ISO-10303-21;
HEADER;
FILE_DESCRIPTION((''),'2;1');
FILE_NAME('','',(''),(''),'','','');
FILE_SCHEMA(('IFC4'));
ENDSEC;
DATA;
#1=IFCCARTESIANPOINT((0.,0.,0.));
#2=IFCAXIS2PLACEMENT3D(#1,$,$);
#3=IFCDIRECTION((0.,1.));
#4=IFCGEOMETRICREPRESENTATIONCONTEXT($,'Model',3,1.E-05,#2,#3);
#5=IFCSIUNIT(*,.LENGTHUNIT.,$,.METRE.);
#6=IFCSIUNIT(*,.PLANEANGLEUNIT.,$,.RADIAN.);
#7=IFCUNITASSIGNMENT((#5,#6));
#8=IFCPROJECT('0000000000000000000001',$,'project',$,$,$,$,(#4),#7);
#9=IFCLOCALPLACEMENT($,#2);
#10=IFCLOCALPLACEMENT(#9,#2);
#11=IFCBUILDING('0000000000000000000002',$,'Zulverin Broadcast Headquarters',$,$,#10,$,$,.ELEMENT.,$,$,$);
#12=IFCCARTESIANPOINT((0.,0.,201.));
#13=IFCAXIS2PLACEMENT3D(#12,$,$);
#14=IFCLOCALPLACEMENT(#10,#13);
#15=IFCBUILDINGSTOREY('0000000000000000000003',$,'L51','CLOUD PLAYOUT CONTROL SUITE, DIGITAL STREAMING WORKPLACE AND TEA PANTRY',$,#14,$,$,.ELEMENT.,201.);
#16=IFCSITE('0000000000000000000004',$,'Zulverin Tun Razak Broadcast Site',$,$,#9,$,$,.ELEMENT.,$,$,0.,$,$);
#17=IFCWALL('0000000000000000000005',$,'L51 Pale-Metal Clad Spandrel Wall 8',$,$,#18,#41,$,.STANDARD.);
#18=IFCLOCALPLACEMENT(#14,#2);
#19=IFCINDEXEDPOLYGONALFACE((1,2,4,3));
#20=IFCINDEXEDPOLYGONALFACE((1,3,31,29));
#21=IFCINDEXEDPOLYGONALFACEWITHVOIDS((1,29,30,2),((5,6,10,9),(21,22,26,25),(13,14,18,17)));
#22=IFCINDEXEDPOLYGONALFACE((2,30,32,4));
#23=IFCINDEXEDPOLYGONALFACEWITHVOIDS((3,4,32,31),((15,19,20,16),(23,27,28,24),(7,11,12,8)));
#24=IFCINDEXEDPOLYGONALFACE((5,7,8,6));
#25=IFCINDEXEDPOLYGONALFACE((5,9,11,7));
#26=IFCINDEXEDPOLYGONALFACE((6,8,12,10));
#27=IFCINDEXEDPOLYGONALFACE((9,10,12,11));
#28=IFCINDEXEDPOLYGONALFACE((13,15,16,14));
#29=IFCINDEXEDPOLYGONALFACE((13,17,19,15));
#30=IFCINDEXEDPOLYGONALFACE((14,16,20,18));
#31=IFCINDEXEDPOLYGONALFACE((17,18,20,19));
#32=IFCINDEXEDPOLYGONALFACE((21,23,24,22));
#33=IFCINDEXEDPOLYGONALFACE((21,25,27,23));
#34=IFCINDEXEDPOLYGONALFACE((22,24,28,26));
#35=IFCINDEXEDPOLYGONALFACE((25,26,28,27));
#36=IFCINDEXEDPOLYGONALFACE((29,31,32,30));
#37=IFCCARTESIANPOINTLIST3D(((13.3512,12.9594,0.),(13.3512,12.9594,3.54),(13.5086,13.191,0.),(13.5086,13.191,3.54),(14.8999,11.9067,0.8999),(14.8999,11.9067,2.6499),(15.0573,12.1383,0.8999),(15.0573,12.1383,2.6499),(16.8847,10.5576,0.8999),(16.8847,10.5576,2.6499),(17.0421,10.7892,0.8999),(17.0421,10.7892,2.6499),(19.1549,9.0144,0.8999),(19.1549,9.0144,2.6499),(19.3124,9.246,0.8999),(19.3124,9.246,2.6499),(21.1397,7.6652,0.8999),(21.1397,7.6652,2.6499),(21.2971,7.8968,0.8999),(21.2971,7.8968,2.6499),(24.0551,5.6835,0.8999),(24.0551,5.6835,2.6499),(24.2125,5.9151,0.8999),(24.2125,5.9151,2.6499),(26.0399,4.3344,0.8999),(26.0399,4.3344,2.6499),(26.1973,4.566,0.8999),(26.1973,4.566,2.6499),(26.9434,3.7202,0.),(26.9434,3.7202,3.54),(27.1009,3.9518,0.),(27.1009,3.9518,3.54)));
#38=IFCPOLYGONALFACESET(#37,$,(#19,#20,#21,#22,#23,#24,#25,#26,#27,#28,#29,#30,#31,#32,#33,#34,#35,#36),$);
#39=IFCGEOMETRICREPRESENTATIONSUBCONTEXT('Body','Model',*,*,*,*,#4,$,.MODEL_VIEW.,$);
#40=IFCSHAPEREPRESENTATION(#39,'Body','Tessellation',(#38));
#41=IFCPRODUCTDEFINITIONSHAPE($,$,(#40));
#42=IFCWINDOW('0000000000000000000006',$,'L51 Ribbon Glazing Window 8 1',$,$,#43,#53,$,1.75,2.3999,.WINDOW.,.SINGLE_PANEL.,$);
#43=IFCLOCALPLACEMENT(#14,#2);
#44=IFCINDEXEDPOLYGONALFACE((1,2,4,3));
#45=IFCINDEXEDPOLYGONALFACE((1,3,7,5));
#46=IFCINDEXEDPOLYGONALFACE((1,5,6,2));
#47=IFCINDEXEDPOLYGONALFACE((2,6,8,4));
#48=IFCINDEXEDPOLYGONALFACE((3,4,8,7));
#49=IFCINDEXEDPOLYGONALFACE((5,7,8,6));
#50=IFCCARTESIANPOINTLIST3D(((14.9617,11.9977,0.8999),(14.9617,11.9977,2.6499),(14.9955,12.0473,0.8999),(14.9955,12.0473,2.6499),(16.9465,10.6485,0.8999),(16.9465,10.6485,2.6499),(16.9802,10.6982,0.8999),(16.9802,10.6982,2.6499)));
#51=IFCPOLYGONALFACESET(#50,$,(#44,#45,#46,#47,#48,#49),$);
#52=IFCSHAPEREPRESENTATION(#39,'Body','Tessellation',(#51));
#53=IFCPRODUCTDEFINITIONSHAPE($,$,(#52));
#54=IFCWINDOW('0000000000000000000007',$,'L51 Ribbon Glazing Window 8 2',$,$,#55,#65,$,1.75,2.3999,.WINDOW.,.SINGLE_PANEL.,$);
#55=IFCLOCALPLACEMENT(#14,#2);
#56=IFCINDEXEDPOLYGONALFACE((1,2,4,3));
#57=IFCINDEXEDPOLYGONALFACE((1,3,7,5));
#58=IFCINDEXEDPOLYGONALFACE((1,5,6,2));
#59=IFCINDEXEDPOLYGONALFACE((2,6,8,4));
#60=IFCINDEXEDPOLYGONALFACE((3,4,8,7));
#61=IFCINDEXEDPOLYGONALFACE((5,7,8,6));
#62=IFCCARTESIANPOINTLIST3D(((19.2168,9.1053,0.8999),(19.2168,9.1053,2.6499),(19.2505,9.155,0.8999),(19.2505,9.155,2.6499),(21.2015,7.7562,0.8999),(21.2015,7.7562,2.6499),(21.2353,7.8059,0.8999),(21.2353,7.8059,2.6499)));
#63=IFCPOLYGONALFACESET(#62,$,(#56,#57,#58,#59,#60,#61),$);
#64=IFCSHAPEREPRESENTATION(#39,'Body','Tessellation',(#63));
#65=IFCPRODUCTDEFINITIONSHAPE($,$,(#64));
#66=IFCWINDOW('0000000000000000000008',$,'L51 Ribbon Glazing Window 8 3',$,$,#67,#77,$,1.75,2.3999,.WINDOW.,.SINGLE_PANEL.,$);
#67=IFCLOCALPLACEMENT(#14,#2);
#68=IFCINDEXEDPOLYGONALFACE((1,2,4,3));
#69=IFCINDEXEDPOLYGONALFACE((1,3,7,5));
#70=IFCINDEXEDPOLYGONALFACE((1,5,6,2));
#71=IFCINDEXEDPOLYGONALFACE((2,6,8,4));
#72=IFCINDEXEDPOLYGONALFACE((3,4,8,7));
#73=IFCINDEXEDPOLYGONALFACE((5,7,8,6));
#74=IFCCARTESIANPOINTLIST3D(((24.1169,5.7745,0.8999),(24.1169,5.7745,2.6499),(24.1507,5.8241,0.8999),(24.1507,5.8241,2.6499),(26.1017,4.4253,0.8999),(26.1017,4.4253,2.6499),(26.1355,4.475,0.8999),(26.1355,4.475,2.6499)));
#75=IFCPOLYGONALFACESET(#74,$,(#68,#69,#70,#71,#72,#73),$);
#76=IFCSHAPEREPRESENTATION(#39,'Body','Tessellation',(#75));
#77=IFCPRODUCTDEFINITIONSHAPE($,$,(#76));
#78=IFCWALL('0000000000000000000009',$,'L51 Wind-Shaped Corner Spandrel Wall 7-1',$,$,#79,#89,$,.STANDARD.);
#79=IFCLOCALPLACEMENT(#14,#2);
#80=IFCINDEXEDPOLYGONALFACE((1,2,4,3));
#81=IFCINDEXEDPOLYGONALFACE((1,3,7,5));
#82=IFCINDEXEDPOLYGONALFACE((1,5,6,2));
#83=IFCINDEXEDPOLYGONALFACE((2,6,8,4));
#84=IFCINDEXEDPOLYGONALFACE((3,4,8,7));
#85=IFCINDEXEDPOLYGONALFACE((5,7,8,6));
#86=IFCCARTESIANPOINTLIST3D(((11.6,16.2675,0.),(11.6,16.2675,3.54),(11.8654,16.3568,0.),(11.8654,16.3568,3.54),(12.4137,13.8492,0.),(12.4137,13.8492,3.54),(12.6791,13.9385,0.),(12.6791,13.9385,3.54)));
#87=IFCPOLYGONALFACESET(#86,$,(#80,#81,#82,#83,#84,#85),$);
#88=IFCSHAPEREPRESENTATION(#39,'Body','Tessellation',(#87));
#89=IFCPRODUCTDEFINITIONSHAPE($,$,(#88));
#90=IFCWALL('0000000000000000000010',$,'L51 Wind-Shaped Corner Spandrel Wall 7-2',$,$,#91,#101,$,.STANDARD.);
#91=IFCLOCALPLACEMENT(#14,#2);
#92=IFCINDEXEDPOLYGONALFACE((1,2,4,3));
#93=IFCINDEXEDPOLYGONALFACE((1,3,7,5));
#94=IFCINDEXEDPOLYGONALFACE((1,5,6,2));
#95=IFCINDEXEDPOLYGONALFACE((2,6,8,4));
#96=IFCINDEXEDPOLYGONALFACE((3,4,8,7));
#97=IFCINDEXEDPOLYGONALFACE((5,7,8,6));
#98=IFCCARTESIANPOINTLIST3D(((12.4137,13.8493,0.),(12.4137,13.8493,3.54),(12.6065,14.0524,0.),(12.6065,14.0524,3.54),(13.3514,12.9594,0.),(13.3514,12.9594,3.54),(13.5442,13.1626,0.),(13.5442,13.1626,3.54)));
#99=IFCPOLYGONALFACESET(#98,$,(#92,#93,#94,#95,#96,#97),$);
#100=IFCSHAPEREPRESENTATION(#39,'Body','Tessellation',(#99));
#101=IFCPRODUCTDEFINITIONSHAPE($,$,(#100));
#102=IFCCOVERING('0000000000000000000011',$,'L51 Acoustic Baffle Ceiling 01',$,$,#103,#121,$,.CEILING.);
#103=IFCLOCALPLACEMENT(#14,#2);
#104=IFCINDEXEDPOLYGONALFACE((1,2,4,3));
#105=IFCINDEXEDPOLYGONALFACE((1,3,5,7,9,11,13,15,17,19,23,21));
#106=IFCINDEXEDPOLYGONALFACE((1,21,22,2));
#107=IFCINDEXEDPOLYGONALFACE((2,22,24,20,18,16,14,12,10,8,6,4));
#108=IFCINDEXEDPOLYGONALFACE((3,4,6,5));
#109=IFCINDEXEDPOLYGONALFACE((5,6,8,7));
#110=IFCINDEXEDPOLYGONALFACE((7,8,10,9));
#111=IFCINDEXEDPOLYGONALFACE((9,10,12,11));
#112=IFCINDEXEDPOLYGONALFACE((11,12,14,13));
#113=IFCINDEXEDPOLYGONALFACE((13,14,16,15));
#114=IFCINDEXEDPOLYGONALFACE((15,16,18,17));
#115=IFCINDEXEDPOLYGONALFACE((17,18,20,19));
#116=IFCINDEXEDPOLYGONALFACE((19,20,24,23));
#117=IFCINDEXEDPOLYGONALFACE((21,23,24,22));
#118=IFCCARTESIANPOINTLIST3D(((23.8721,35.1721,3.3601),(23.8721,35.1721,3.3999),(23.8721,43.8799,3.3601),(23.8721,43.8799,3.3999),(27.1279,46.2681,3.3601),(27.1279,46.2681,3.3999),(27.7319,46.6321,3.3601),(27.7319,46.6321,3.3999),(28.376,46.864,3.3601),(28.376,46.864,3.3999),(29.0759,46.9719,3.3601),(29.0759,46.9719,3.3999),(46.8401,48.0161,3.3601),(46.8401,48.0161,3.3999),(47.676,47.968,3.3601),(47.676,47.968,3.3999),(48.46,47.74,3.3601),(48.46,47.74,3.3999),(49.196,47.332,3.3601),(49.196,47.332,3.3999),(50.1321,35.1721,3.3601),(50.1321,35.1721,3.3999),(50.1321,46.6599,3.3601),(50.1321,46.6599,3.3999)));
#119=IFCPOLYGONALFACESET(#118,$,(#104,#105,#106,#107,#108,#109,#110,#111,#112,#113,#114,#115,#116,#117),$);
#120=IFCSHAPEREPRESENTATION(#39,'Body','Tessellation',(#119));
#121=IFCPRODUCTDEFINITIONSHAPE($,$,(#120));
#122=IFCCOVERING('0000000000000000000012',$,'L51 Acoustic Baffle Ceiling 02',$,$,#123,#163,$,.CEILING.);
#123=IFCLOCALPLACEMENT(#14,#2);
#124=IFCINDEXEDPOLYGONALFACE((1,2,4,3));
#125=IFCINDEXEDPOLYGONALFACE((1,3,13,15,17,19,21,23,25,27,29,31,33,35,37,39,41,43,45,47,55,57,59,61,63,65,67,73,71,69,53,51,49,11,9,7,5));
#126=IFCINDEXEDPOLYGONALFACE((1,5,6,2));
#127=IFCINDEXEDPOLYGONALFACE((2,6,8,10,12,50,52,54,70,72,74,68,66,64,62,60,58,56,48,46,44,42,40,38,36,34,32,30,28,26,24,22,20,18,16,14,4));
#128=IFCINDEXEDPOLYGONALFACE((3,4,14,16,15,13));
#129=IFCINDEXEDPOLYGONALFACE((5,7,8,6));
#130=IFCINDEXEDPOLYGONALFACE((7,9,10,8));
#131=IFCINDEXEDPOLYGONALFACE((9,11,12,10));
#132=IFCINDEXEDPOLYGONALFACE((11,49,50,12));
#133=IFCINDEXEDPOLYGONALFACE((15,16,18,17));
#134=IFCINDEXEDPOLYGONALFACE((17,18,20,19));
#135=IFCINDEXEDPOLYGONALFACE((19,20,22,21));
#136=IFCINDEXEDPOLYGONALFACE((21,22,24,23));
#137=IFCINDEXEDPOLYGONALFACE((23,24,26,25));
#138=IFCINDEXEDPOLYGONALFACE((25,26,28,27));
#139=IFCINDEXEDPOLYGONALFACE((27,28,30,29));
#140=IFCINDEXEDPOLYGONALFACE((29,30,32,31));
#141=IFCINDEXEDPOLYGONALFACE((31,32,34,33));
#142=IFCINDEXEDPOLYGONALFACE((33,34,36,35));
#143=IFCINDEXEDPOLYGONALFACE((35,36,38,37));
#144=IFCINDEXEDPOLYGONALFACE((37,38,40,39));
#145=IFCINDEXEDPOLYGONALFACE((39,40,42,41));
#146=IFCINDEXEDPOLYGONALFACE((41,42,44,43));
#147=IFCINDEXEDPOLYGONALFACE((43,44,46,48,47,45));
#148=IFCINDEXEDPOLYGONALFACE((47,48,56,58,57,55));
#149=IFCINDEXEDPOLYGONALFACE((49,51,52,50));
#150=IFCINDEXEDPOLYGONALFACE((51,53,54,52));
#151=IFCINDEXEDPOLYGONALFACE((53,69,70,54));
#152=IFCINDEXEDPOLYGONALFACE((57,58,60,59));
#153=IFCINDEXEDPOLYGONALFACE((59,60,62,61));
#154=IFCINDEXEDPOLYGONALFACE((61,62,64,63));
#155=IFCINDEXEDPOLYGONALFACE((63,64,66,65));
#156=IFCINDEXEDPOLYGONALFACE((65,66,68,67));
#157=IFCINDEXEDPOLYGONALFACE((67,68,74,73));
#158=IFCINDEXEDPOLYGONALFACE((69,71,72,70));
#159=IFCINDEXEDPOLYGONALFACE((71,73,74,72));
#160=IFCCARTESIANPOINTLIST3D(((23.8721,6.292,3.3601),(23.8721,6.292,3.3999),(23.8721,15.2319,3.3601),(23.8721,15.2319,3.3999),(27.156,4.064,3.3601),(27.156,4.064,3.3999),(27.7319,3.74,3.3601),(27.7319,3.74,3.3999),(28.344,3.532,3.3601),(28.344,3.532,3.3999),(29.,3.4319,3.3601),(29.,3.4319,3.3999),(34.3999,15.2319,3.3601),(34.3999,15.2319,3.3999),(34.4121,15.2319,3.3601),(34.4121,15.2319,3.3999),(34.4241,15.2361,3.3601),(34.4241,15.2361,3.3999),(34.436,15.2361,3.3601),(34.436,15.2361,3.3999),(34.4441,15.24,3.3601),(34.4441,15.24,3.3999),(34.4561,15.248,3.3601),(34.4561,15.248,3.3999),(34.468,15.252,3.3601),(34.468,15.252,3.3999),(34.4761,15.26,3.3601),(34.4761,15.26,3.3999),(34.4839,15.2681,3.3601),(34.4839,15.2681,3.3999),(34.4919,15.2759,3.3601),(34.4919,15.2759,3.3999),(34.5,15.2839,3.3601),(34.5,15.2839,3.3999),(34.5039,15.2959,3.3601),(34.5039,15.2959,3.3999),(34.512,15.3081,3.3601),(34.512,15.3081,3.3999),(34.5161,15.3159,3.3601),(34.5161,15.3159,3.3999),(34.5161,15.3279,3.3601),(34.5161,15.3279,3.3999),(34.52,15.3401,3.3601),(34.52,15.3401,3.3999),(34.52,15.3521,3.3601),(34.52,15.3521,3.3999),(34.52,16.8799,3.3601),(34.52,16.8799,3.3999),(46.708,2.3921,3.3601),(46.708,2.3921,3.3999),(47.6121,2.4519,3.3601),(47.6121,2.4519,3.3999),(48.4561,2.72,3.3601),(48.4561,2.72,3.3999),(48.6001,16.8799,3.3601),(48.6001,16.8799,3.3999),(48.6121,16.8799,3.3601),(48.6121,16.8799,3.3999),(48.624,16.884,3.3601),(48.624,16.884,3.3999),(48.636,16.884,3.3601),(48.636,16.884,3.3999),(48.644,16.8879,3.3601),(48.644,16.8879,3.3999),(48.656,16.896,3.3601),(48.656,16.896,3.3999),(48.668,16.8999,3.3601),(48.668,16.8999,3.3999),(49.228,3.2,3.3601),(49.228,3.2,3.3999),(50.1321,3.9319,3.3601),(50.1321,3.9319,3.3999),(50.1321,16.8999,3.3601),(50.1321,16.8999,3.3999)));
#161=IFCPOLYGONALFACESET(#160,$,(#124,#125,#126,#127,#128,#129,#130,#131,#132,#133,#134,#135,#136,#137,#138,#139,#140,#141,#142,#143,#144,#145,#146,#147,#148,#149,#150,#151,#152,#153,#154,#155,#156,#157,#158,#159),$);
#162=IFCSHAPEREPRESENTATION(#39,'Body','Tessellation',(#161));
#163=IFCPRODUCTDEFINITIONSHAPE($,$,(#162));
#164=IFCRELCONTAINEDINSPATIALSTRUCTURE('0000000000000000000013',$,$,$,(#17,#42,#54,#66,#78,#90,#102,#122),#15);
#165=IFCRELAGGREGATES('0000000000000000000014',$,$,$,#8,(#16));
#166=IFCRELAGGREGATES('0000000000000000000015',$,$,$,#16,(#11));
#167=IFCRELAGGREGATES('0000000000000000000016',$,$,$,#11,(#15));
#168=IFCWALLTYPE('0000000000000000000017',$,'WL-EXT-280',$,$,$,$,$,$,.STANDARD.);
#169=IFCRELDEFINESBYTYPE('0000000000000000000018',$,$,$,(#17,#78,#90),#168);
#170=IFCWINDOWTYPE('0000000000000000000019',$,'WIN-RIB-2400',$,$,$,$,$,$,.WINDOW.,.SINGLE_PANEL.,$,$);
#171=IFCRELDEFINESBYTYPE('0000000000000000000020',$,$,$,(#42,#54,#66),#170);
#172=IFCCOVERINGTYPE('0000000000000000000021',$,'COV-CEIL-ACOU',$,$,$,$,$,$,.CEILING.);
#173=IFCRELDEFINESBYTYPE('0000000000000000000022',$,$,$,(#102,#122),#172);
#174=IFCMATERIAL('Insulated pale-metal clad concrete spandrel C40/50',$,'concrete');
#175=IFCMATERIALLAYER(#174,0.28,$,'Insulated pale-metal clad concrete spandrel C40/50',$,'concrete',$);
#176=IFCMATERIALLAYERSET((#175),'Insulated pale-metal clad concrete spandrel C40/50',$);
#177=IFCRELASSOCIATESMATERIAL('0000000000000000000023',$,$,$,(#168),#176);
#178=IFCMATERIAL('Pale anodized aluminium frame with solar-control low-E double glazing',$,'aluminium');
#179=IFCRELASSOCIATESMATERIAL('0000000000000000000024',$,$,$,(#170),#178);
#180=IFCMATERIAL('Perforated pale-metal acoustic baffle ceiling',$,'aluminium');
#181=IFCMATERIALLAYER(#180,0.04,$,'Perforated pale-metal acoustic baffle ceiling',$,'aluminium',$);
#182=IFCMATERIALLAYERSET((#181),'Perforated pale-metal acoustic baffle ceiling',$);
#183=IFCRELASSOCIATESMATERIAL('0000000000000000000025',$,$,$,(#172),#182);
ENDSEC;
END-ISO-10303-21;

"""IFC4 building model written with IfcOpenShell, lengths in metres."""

from ifc_helpers import new_model, si_unit, direction, frame, frame_2d, origin, place, context, subcontext, project, spatial, polyline, rectangle, outline, extrude, material, layer, layer_set, type_object, element, fill, save


model = new_model("IFC4")

# Units and contexts
model_context = context("Model", 3, precision=1e-05, world=origin(), true_north=direction((0.0, 1.0)))
body_context = subcontext(model_context, "Body", "Model", "MODEL_VIEW")
ifc_project = project(units=[si_unit("LENGTHUNIT", "METRE"), si_unit("PLANEANGLEUNIT", "RADIAN")], contexts=[model_context])

# Site, building, storey
site_placement = place(None, origin())
site = spatial("IfcSite", under=ifc_project, at=site_placement, Name="Zulverin Tun Razak Broadcast Site", CompositionType="ELEMENT", RefElevation=0.0)
building_placement = place(site_placement, origin())
building = spatial("IfcBuilding", under=site, at=building_placement, Name="Zulverin Broadcast Headquarters", CompositionType="ELEMENT")
storey_placement = place(building_placement, frame((0.0, 0.0, 201.0)))
storey = spatial("IfcBuildingStorey", under=building, at=storey_placement, Name="L51", Description="CLOUD PLAYOUT CONTROL SUITE, DIGITAL STREAMING WORKPLACE AND TEA PANTRY", CompositionType="ELEMENT", Elevation=201.0)

# Wall, openings, windows
ifc_material_1 = material(Name="Insulated pale-metal clad concrete spandrel C40/50", Category="concrete")
ifc_layer_1 = layer(ifc_material_1, 0.28, Name="Insulated pale-metal clad concrete spandrel C40/50", Category="concrete")
ifc_layer_set_1 = layer_set([ifc_layer_1], Name="Insulated pale-metal clad concrete spandrel C40/50")
wall_type = type_object("IfcWallType", Name="WL-EXT-280", PredefinedType="STANDARD", material=ifc_layer_set_1)
wall_1_placement = place(storey_placement, frame((13.4299, 13.0752, 0.0), z_axis=(0.0, 0.0, 1.0), x_axis=(0.827025, -0.562165, 0.0)))
wall_1 = element("IfcWall", 1, at=wall_1_placement, inside=storey, type_object=wall_type, Name="L51 Pale-Metal Clad Spandrel Wall 8", PredefinedType="STANDARD", context=body_context, shape_type="SweptSolid", body=[
    extrude(rectangle(XDim=16.4351, YDim=0.28, at=frame_2d((8.2175, 0.0))), origin(), (0.0, 0.0, 1.0), 3.54),
])
opening_1_placement = place(wall_1_placement, frame((1.8726, 0.0, 0.8999)))
opening_1 = element("IfcOpeningElement", 2, at=opening_1_placement, cuts=wall_1, PredefinedType="OPENING", context=body_context, shape_type="SweptSolid", body=[
    extrude(rectangle(XDim=2.3999, YDim=1.75, at=frame_2d((1.2, 0.875))), frame((0.0, 0.1499, 0.0), z_axis=(0.0, -1.0, 0.0), x_axis=(1.0, 0.0, 0.0)), (0.0, 0.0, 1.0), 0.3),
])
opening_2_placement = place(wall_1_placement, frame((7.0176, 0.0, 0.8999)))
opening_2 = element("IfcOpeningElement", 3, at=opening_2_placement, cuts=wall_1, PredefinedType="OPENING", context=body_context, shape_type="SweptSolid", body=[
    extrude(rectangle(XDim=2.3999, YDim=1.75, at=frame_2d((1.2, 0.875))), frame((0.0, 0.1499, 0.0), z_axis=(0.0, -1.0, 0.0), x_axis=(1.0, 0.0, 0.0)), (0.0, 0.0, 1.0), 0.3),
])
opening_3_placement = place(wall_1_placement, frame((12.9426, 0.0, 0.8999)))
opening_3 = element("IfcOpeningElement", 4, at=opening_3_placement, cuts=wall_1, PredefinedType="OPENING", context=body_context, shape_type="SweptSolid", body=[
    extrude(rectangle(XDim=2.3999, YDim=1.75, at=frame_2d((1.2, 0.875))), frame((0.0, 0.1499, 0.0), z_axis=(0.0, -1.0, 0.0), x_axis=(1.0, 0.0, 0.0)), (0.0, 0.0, 1.0), 0.3),
])
ifc_material_2 = material(Name="Pale anodized aluminium frame with solar-control low-E double glazing", Category="aluminium")
window_type = type_object("IfcWindowType", Name="WIN-RIB-2400", PartitioningType="SINGLE_PANEL", PredefinedType="WINDOW", material=ifc_material_2)
window_1_placement = place(opening_1_placement, origin())
window_1 = element("IfcWindow", 5, at=window_1_placement, inside=storey, type_object=window_type, Name="L51 Ribbon Glazing Window 8 1", OverallHeight=1.75, OverallWidth=2.3999, PartitioningType="SINGLE_PANEL", PredefinedType="WINDOW", context=body_context, shape_type="SweptSolid", body=[
    extrude(rectangle(XDim=2.3999, YDim=1.75, at=frame_2d((1.2, 0.875))), frame((0.0, 0.03, 0.0), z_axis=(0.0, -1.0, 0.0), x_axis=(1.0, 0.0, 0.0)), (0.0, 0.0, 1.0), 0.0601),
])
fill(opening_1, window_1)
window_2_placement = place(opening_2_placement, origin())
window_2 = element("IfcWindow", 6, at=window_2_placement, inside=storey, type_object=window_type, Name="L51 Ribbon Glazing Window 8 2", OverallHeight=1.75, OverallWidth=2.3999, PartitioningType="SINGLE_PANEL", PredefinedType="WINDOW", context=body_context, shape_type="SweptSolid", body=[
    extrude(rectangle(XDim=2.3999, YDim=1.75, at=frame_2d((1.2, 0.875))), frame((0.0, 0.03, 0.0), z_axis=(0.0, -1.0, 0.0), x_axis=(1.0, 0.0, 0.0)), (0.0, 0.0, 1.0), 0.0601),
])
fill(opening_2, window_2)
window_3_placement = place(opening_3_placement, origin())
window_3 = element("IfcWindow", 7, at=window_3_placement, inside=storey, type_object=window_type, Name="L51 Ribbon Glazing Window 8 3", OverallHeight=1.75, OverallWidth=2.3999, PartitioningType="SINGLE_PANEL", PredefinedType="WINDOW", context=body_context, shape_type="SweptSolid", body=[
    extrude(rectangle(XDim=2.3999, YDim=1.75, at=frame_2d((1.2, 0.875))), frame((0.0, 0.03, 0.0), z_axis=(0.0, -1.0, 0.0), x_axis=(1.0, 0.0, 0.0)), (0.0, 0.0, 1.0), 0.0601),
])
fill(opening_3, window_3)

# Walls
wall_2_placement = place(storey_placement, frame((11.7327, 16.3123, 0.0), z_axis=(0.0, 0.0, 1.0), x_axis=(0.318925, -0.94778, 0.0)))
element("IfcWall", 8, at=wall_2_placement, inside=storey, type_object=wall_type, Name="L51 Wind-Shaped Corner Spandrel Wall 7-1", PredefinedType="STANDARD", context=body_context, shape_type="SweptSolid", body=[
    extrude(rectangle(XDim=2.5515, YDim=0.28, at=frame_2d((1.2759, 0.0))), origin(), (0.0, 0.0, 1.0), 3.54),
])
wall_3_placement = place(storey_placement, frame((12.51, 13.9509, 0.0), z_axis=(0.0, 0.0, 1.0), x_axis=(0.725372, -0.688357, 0.0)))
element("IfcWall", 9, at=wall_3_placement, inside=storey, type_object=wall_type, Name="L51 Wind-Shaped Corner Spandrel Wall 7-2", PredefinedType="STANDARD", context=body_context, shape_type="SweptSolid", body=[
    extrude(rectangle(XDim=1.2927, YDim=0.28, at=frame_2d((0.6465, 0.0))), origin(), (0.0, 0.0, 1.0), 3.54),
])

# Coverings
ifc_material_3 = material(Name="Perforated pale-metal acoustic baffle ceiling", Category="aluminium")
ifc_layer_2 = layer(ifc_material_3, 0.04, Name="Perforated pale-metal acoustic baffle ceiling", Category="aluminium")
ifc_layer_set_2 = layer_set([ifc_layer_2], Name="Perforated pale-metal acoustic baffle ceiling")
covering_type_1 = type_object("IfcCoveringType", Name="COV-CEIL-ACOU", PredefinedType="CEILING", material=ifc_layer_set_2)
covering_1_placement = place(storey_placement, frame((0.0, 0.0, 3.3601)))
element("IfcCovering", 10, at=covering_1_placement, inside=storey, type_object=covering_type_1, Name="L51 Acoustic Baffle Ceiling 01", PredefinedType="CEILING", context=body_context, shape_type="SweptSolid", body=[
    extrude(outline(polyline([(47.676, 47.968), (46.8401, 48.0161), (29.0759, 46.9719), (28.376, 46.864), (27.7319, 46.6321), (27.1279, 46.2681), (23.8721, 43.8799), (23.8721, 35.1721), (50.1321, 35.1721), (50.1321, 46.6599), (49.196, 47.332), (48.46, 47.74), (47.676, 47.968)])), origin(), (0.0, 0.0, 1.0), 0.0398),
])
covering_2_placement = place(storey_placement, frame((0.0, 0.0, 3.3601)))
element("IfcCovering", 11, at=covering_2_placement, inside=storey, type_object=covering_type_1, Name="L51 Acoustic Baffle Ceiling 02", PredefinedType="CEILING", context=body_context, shape_type="SweptSolid", body=[
    extrude(outline(polyline([(48.624, 16.884), (48.6121, 16.8799), (48.6001, 16.8799), (34.52, 16.8799), (34.52, 15.3521), (34.52, 15.3401), (34.5161, 15.3279), (34.5161, 15.3159), (34.512, 15.3081), (34.5039, 15.2959), (34.5, 15.2839), (34.4919, 15.2759), (34.4839, 15.2681), (34.4761, 15.26), (34.468, 15.252), (34.4561, 15.248), (34.4441, 15.24), (34.436, 15.2361), (34.4241, 15.2361), (34.4121, 15.2319), (34.3999, 15.2319), (23.8721, 15.2319), (23.8721, 6.292), (27.156, 4.064), (27.7319, 3.74), (28.344, 3.532), (29.0, 3.4319), (46.708, 2.3921), (47.6121, 2.4519), (48.4561, 2.72), (49.228, 3.2), (50.1321, 3.9319), (50.1321, 16.8999), (48.668, 16.8999), (48.656, 16.896), (48.644, 16.8879), (48.636, 16.884), (48.624, 16.884)])), origin(), (0.0, 0.0, 1.0), 0.0398),
])

save(model, "model.ifc")
